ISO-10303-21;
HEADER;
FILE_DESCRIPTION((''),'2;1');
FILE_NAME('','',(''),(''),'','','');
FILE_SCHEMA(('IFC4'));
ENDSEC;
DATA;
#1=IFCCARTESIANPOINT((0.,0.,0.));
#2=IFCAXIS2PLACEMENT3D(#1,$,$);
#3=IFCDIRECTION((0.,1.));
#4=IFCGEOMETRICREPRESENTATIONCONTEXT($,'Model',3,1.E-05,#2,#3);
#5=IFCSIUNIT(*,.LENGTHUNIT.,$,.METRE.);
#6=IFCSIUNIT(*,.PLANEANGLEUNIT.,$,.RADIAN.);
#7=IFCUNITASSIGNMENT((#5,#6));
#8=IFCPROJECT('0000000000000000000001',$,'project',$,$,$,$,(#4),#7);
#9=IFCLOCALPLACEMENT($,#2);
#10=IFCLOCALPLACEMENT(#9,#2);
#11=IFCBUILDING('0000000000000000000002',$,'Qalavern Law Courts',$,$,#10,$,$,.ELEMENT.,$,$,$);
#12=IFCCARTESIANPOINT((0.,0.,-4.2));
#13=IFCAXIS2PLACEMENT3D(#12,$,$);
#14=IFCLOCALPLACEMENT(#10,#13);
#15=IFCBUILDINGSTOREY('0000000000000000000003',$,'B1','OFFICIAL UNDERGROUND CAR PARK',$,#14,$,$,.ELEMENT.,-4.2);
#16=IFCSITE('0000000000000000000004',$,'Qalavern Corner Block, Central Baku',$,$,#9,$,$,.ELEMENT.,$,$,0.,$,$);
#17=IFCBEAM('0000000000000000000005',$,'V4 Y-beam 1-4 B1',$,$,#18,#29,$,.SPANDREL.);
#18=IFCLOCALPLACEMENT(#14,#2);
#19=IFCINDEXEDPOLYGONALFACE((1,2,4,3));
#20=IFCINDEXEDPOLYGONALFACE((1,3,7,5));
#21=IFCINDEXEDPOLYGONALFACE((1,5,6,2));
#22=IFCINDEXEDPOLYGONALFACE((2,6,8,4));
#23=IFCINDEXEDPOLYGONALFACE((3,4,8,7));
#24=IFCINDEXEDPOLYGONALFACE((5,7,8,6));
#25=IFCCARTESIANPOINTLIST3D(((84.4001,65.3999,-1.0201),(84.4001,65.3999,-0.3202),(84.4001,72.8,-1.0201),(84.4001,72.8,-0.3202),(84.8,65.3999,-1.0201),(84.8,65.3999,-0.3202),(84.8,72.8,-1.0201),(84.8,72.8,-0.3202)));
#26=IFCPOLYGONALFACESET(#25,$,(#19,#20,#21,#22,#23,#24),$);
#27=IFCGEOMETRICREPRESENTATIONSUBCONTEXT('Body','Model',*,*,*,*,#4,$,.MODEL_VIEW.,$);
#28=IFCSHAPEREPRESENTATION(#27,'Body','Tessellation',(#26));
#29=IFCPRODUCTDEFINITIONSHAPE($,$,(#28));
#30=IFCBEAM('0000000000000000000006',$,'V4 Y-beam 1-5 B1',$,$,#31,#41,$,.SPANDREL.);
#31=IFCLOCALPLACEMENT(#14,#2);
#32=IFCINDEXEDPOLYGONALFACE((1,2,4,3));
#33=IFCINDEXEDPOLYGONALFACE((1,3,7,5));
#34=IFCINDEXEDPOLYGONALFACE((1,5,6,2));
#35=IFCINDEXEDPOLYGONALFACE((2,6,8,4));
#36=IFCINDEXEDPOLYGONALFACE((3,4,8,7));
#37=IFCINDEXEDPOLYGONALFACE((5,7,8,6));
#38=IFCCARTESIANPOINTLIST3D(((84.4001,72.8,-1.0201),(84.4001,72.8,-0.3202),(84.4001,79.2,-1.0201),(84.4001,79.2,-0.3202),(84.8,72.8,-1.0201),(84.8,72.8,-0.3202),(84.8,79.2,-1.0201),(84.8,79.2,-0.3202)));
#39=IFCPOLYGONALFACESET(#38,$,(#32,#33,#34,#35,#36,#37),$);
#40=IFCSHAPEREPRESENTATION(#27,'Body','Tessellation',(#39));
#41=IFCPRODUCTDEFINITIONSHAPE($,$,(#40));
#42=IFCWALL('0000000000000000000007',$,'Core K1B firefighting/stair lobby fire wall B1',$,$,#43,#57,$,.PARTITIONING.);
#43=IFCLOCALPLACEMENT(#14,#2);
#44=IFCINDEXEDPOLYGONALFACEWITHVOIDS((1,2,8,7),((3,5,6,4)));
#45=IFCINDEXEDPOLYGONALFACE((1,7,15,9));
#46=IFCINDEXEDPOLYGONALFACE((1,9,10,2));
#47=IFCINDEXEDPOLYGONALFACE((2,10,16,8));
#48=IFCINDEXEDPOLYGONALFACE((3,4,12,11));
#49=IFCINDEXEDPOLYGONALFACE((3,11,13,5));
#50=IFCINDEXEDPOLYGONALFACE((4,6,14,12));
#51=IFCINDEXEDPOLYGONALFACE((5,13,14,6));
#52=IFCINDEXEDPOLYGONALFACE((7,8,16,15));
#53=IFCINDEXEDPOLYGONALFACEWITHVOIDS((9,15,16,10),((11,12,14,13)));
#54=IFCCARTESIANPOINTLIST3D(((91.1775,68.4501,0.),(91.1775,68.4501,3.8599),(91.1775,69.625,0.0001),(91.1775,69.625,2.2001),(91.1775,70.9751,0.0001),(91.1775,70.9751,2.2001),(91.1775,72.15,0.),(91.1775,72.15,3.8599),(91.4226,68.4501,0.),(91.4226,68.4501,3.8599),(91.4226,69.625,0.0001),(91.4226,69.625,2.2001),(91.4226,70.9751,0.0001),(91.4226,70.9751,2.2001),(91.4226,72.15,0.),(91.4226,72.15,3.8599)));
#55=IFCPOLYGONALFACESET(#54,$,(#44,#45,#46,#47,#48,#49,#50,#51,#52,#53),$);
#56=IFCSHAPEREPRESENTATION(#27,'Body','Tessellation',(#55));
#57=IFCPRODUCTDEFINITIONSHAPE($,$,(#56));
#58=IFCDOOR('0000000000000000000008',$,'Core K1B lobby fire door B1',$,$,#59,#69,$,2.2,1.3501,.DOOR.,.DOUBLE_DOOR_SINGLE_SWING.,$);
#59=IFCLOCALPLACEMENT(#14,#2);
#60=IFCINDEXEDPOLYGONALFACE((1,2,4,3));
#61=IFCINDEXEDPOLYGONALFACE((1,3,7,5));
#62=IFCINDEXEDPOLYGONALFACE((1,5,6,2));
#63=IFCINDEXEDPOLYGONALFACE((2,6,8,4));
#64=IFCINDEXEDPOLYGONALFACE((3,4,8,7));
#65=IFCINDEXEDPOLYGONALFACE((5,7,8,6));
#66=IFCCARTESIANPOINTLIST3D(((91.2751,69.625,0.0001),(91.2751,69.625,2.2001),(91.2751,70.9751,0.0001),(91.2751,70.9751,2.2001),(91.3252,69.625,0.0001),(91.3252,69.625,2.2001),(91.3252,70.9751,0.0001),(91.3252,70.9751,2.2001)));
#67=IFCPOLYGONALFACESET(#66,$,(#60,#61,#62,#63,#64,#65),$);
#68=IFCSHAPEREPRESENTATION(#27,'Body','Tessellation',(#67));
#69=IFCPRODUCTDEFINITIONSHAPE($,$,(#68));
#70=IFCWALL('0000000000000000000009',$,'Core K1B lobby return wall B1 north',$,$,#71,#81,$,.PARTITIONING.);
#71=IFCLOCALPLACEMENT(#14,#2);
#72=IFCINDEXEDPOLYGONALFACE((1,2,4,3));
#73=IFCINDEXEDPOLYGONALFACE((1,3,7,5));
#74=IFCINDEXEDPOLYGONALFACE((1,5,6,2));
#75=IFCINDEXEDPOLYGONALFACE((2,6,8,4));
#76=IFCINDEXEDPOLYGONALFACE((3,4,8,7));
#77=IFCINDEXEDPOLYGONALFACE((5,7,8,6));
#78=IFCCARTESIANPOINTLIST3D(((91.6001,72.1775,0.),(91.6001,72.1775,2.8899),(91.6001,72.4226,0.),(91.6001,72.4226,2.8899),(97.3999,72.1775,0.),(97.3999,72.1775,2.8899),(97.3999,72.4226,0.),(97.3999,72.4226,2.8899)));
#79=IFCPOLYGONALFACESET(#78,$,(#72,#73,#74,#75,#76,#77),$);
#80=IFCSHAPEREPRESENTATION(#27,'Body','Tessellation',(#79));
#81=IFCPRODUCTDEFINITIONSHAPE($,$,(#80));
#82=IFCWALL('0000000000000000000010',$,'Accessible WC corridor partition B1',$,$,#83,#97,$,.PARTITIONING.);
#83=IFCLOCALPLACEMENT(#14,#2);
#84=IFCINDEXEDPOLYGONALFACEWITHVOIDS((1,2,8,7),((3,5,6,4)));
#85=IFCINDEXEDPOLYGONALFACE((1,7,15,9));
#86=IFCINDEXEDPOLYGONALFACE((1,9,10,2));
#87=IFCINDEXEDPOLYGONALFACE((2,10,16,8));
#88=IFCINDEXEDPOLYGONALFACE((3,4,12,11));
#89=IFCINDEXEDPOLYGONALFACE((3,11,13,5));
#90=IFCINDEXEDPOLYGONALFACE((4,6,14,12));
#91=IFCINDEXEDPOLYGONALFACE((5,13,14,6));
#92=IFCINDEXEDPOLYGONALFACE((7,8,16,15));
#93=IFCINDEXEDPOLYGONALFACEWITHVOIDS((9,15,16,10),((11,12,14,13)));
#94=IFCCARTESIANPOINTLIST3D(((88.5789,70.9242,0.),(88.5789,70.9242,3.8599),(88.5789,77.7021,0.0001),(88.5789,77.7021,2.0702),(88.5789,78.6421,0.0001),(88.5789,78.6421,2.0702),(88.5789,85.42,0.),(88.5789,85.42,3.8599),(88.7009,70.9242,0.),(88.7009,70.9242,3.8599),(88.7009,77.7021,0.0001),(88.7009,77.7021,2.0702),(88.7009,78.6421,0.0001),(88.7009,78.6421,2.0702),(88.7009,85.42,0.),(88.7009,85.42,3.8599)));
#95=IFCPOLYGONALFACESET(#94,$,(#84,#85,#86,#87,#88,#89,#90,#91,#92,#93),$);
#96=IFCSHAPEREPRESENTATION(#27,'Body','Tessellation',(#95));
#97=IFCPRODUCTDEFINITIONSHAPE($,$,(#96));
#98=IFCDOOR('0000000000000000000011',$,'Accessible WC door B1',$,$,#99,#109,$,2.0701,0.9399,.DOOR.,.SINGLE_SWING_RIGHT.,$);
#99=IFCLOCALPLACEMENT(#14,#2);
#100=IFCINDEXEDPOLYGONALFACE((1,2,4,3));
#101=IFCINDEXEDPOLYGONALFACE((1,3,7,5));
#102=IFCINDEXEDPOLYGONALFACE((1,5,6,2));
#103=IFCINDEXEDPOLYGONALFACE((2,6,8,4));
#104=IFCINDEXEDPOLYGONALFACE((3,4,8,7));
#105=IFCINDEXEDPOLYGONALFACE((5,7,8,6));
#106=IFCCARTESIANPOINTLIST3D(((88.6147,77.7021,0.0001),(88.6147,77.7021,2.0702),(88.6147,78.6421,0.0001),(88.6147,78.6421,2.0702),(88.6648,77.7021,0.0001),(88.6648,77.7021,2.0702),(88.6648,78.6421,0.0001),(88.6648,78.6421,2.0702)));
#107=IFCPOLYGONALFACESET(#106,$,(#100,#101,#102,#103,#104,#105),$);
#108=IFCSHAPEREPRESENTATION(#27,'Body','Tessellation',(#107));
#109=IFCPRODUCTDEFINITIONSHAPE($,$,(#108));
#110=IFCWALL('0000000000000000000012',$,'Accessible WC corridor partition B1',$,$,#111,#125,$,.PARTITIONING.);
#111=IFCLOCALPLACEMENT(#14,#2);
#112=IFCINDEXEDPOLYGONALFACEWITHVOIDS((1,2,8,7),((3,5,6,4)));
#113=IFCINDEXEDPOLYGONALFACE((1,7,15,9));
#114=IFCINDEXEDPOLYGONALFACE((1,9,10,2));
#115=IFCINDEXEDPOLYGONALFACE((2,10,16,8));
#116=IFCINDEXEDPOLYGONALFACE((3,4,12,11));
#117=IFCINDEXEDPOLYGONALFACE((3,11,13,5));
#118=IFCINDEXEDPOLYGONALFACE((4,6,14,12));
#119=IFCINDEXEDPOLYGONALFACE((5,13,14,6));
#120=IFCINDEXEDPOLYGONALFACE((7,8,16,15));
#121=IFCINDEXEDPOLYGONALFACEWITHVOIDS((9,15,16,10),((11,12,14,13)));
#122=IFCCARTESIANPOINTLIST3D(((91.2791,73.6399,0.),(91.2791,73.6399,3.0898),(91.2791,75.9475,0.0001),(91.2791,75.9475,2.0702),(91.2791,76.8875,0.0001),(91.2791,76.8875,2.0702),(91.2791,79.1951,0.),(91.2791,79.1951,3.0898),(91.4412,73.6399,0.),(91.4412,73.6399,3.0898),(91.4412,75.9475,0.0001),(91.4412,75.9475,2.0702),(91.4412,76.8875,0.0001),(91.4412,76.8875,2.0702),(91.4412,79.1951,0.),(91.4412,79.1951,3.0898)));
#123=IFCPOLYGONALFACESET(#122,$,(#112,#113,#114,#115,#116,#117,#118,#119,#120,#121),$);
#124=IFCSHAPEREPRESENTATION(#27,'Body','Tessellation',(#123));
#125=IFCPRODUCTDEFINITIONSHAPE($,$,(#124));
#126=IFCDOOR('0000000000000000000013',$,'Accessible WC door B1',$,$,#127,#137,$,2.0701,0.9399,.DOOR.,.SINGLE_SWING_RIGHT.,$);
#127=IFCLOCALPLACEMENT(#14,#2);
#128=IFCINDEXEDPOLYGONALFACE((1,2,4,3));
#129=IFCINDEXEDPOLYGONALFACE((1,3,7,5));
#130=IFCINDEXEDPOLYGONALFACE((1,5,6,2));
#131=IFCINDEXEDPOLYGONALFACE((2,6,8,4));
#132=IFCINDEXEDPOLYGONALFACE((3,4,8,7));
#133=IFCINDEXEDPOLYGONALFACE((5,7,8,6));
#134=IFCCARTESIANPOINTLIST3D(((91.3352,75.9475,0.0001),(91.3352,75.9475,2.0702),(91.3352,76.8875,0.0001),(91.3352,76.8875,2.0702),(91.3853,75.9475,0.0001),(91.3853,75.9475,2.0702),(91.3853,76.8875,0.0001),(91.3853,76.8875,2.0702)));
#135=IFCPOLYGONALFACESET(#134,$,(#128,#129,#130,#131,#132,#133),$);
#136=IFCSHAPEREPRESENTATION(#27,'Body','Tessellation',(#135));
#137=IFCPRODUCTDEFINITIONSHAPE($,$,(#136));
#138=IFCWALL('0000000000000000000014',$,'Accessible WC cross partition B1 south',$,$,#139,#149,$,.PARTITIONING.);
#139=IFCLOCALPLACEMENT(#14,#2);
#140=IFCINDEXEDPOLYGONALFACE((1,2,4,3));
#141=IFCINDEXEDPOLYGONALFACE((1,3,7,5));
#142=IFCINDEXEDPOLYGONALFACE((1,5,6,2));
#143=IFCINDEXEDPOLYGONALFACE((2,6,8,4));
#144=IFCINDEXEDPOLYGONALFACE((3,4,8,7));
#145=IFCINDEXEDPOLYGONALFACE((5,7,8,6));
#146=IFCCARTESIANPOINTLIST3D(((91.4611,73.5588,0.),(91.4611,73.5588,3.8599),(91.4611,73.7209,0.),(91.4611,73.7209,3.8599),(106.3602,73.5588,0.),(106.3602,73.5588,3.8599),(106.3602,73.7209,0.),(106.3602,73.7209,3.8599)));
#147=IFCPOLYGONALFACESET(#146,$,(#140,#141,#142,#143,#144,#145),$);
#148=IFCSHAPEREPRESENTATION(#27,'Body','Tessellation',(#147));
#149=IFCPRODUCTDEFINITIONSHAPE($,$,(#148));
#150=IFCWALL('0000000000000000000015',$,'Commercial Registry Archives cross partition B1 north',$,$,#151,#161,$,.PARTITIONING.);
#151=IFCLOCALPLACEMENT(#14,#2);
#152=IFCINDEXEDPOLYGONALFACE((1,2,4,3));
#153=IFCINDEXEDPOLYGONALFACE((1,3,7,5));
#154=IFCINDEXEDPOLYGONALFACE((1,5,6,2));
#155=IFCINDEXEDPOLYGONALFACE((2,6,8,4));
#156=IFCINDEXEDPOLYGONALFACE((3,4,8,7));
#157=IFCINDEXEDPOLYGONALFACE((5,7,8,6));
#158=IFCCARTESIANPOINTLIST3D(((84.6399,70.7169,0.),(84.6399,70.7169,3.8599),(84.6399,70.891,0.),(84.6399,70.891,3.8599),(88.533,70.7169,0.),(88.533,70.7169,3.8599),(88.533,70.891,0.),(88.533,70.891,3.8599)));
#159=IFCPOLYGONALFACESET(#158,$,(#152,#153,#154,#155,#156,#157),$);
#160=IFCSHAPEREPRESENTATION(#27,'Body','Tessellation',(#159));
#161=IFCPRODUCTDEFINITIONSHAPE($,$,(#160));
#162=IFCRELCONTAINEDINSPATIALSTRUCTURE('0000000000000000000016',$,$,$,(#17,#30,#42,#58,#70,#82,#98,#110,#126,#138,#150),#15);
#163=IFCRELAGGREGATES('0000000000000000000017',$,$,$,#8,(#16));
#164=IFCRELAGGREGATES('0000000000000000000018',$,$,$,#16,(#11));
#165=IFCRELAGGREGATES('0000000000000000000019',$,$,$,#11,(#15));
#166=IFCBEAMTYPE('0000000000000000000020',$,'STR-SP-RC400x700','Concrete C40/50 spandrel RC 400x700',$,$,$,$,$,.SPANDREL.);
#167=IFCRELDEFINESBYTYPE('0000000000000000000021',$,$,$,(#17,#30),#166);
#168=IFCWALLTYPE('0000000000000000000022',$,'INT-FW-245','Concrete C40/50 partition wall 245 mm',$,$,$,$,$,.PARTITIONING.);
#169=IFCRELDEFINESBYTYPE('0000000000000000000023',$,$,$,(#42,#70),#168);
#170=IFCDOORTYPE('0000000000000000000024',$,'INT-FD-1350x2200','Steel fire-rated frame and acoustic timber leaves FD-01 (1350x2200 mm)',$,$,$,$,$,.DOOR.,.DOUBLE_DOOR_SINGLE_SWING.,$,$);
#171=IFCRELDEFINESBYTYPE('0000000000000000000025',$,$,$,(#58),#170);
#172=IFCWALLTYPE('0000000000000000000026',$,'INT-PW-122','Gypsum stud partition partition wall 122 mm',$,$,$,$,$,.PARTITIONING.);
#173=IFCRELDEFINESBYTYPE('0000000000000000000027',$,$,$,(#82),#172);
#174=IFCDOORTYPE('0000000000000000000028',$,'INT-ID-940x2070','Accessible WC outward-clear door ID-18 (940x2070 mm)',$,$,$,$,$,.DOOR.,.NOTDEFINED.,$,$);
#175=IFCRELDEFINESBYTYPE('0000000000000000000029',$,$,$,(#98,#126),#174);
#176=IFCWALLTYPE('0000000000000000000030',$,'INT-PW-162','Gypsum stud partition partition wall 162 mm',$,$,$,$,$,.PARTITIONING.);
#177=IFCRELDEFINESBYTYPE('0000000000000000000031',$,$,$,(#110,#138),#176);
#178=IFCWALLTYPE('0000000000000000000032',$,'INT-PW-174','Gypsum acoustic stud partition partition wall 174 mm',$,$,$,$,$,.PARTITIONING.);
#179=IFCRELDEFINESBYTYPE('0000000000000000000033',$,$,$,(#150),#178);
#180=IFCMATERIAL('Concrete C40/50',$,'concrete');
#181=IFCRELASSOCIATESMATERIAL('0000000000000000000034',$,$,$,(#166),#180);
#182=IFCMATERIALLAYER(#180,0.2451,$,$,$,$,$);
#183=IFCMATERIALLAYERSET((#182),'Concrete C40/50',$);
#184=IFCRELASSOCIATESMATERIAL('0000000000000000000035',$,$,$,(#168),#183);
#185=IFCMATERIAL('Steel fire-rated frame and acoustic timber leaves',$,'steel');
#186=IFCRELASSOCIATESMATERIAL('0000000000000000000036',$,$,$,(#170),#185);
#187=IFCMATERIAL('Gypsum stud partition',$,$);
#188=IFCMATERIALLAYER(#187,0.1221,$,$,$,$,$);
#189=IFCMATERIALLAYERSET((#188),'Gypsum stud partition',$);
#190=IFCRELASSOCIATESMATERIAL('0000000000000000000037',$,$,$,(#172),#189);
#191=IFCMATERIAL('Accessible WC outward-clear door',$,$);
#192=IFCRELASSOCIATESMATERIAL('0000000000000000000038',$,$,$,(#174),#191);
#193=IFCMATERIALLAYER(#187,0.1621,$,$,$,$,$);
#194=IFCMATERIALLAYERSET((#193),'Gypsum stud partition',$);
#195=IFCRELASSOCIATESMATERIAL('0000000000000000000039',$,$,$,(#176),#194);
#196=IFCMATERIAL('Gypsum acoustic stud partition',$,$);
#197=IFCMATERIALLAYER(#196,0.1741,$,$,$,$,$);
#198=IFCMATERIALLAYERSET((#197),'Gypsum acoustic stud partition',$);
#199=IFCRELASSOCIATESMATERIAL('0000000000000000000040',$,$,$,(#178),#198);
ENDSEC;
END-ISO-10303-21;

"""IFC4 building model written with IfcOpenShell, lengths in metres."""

from ifc_helpers import new_model, si_unit, direction, frame, frame_2d, origin, origin_2d, place, context, subcontext, project, spatial, rectangle, extrude, material, layer, layer_set, material_profile, profile_set, type_object, element, fill, save


model = new_model("IFC4")

# Units and contexts
model_context = context("Model", 3, precision=1e-05, world=origin(), true_north=direction((0.0, 1.0)))
body_context = subcontext(model_context, "Body", "Model", "MODEL_VIEW")
ifc_project = project(units=[si_unit("LENGTHUNIT", "METRE"), si_unit("PLANEANGLEUNIT", "RADIAN")], contexts=[model_context])

# Site, building, storey
site_placement = place(None, origin())
site = spatial("IfcSite", under=ifc_project, at=site_placement, Name="Qalavern Corner Block, Central Baku", CompositionType="ELEMENT", RefElevation=0.0)
building_placement = place(site_placement, origin())
building = spatial("IfcBuilding", under=site, at=building_placement, Name="Qalavern Law Courts", CompositionType="ELEMENT")
storey_placement = place(building_placement, frame((0.0, 0.0, -4.2)))
storey = spatial("IfcBuildingStorey", under=building, at=storey_placement, Name="B1", Description="OFFICIAL UNDERGROUND CAR PARK", CompositionType="ELEMENT", Elevation=-4.2)

# Beams
ifc_material_1 = material(Name="Concrete C40/50", Category="concrete")
ifc_material_profile_1 = material_profile(ifc_material_1, rectangle(XDim=0.3999, YDim=0.7, at=origin_2d()), Name="RC 400x700")
ifc_profile_set_1 = profile_set([ifc_material_profile_1], Name="Concrete C40/50")
beam_type_1 = type_object("IfcBeamType", Name="STR-SP-RC400x700", Description="Concrete C40/50 spandrel RC 400x700", PredefinedType="SPANDREL", material=ifc_profile_set_1)
beam_1_placement = place(storey_placement, frame((84.6001, 65.3999, -0.6702), z_axis=(0.0, 1.0, 0.0), x_axis=(-1.0, 0.0, 0.0)))
element("IfcBeam", 1, at=beam_1_placement, inside=storey, type_object=beam_type_1, Name="V4 Y-beam 1-4 B1", PredefinedType="SPANDREL", context=body_context, shape_type="SweptSolid", body=[
    extrude(rectangle(XDim=0.3999, YDim=0.7, at=origin_2d()), origin(), (0.0, 0.0, 1.0), 7.4001),
])
beam_2_placement = place(storey_placement, frame((84.6001, 72.8, -0.6702), z_axis=(0.0, 1.0, 0.0), x_axis=(-1.0, 0.0, 0.0)))
element("IfcBeam", 2, at=beam_2_placement, inside=storey, type_object=beam_type_1, Name="V4 Y-beam 1-5 B1", PredefinedType="SPANDREL", context=body_context, shape_type="SweptSolid", body=[
    extrude(rectangle(XDim=0.3999, YDim=0.7, at=origin_2d()), origin(), (0.0, 0.0, 1.0), 6.3999),
])

# Wall, opening, door
ifc_layer_1 = layer(ifc_material_1, 0.2451)
ifc_layer_set_1 = layer_set([ifc_layer_1], Name="Concrete C40/50")
wall_type_1 = type_object("IfcWallType", Name="INT-FW-245", Description="Concrete C40/50 partition wall 245 mm", PredefinedType="PARTITIONING", material=ifc_layer_set_1)
wall_1_placement = place(storey_placement, frame((91.3, 68.45, 0.0), z_axis=(0.0, 0.0, 1.0), x_axis=(0.0, 1.0, 0.0)))
wall_1 = element("IfcWall", 3, at=wall_1_placement, inside=storey, type_object=wall_type_1, Name="Core K1B firefighting/stair lobby fire wall B1", PredefinedType="PARTITIONING", context=body_context, shape_type="SweptSolid", body=[
    extrude(rectangle(XDim=3.7, YDim=0.2451, at=frame_2d((1.8501, 0.0))), origin(), (0.0, 0.0, 1.0), 3.8599),
])
opening_1_placement = place(wall_1_placement, frame((1.175, 0.0, 0.0)))
opening_1 = element("IfcOpeningElement", 4, at=opening_1_placement, cuts=wall_1, PredefinedType="OPENING", context=body_context, shape_type="SweptSolid", body=[
    extrude(rectangle(XDim=1.3501, YDim=2.2, at=frame_2d((0.675, 1.1001))), frame((0.0, 0.1375, 0.0), z_axis=(0.0, -1.0, 0.0), x_axis=(1.0, 0.0, 0.0)), (0.0, 0.0, 1.0), 0.2749),
])
ifc_material_2 = material(Name="Steel fire-rated frame and acoustic timber leaves", Category="steel")
door_type_1 = type_object("IfcDoorType", Name="INT-FD-1350x2200", Description="Steel fire-rated frame and acoustic timber leaves FD-01 (1350x2200 mm)", OperationType="DOUBLE_DOOR_SINGLE_SWING", PredefinedType="DOOR", material=ifc_material_2)
door_1_placement = place(opening_1_placement, origin())
door_1 = element("IfcDoor", 5, at=door_1_placement, inside=storey, type_object=door_type_1, Name="Core K1B lobby fire door B1", OperationType="DOUBLE_DOOR_SINGLE_SWING", OverallHeight=2.2, OverallWidth=1.3501, PredefinedType="DOOR", context=body_context, shape_type="SweptSolid", body=[
    extrude(rectangle(XDim=1.3501, YDim=2.2, at=frame_2d((0.675, 1.1001))), frame((0.0, 0.0249, 0.0), z_axis=(0.0, -1.0, 0.0), x_axis=(1.0, 0.0, 0.0)), (0.0, 0.0, 1.0), 0.05),
])
fill(opening_1, door_1)

# Wall
wall_2_placement = place(storey_placement, frame((91.6001, 72.3, 0.0), z_axis=(0.0, 0.0, 1.0), x_axis=(1.0, 0.0, 0.0)))
element("IfcWall", 6, at=wall_2_placement, inside=storey, type_object=wall_type_1, Name="Core K1B lobby return wall B1 north", PredefinedType="PARTITIONING", context=body_context, shape_type="SweptSolid", body=[
    extrude(rectangle(XDim=5.7998, YDim=0.2451, at=frame_2d((2.8999, 0.0))), origin(), (0.0, 0.0, 1.0), 2.8899),
])

# Walls, openings, doors
ifc_material_3 = material(Name="Gypsum stud partition")
ifc_layer_2 = layer(ifc_material_3, 0.1221)
ifc_layer_set_2 = layer_set([ifc_layer_2], Name="Gypsum stud partition")
wall_type_2 = type_object("IfcWallType", Name="INT-PW-122", Description="Gypsum stud partition partition wall 122 mm", PredefinedType="PARTITIONING", material=ifc_layer_set_2)
wall_3_placement = place(storey_placement, frame((88.6399, 70.9241, 0.0), z_axis=(0.0, 0.0, 1.0), x_axis=(0.0, 1.0, 0.0)))
wall_3 = element("IfcWall", 7, at=wall_3_placement, inside=storey, type_object=wall_type_2, Name="Accessible WC corridor partition B1", PredefinedType="PARTITIONING", context=body_context, shape_type="SweptSolid", body=[
    extrude(rectangle(XDim=14.4958, YDim=0.1221, at=frame_2d((7.248, 0.0))), origin(), (0.0, 0.0, 1.0), 3.8599),
])
opening_2_placement = place(wall_3_placement, frame((6.7781, 0.0, 0.0)))
opening_2 = element("IfcOpeningElement", 8, at=opening_2_placement, cuts=wall_3, PredefinedType="OPENING", context=body_context, shape_type="SweptSolid", body=[
    extrude(rectangle(XDim=0.9399, YDim=2.0701, at=frame_2d((0.47, 1.0352))), frame((0.0, 0.0759, 0.0), z_axis=(0.0, -1.0, 0.0), x_axis=(1.0, 0.0, 0.0)), (0.0, 0.0, 1.0), 0.1519),
])
ifc_material_4 = material(Name="Accessible WC outward-clear door")
door_type_2 = type_object("IfcDoorType", Name="INT-ID-940x2070", Description="Accessible WC outward-clear door ID-18 (940x2070 mm)", OperationType="NOTDEFINED", PredefinedType="DOOR", material=ifc_material_4)
door_2_placement = place(opening_2_placement, frame((0.9399, 0.0, 0.0), z_axis=(0.0, 0.0, 1.0), x_axis=(-1.0, 0.0, 0.0)))
door_2 = element("IfcDoor", 9, at=door_2_placement, inside=storey, type_object=door_type_2, Name="Accessible WC door B1", OperationType="SINGLE_SWING_RIGHT", OverallHeight=2.0701, OverallWidth=0.9399, PredefinedType="DOOR", context=body_context, shape_type="SweptSolid", body=[
    extrude(rectangle(XDim=0.9399, YDim=2.0701, at=frame_2d((0.47, 1.0352))), frame((0.0, 0.0249, 0.0), z_axis=(0.0, -1.0, 0.0), x_axis=(1.0, 0.0, 0.0)), (0.0, 0.0, 1.0), 0.05),
])
fill(opening_2, door_2)
ifc_layer_3 = layer(ifc_material_3, 0.1621)
ifc_layer_set_3 = layer_set([ifc_layer_3], Name="Gypsum stud partition")
wall_type_3 = type_object("IfcWallType", Name="INT-PW-162", Description="Gypsum stud partition partition wall 162 mm", PredefinedType="PARTITIONING", material=ifc_layer_set_3)
wall_4_placement = place(storey_placement, frame((91.3601, 73.6399, 0.0), z_axis=(0.0, 0.0, 1.0), x_axis=(0.0, 1.0, 0.0)))
wall_4 = element("IfcWall", 10, at=wall_4_placement, inside=storey, type_object=wall_type_3, Name="Accessible WC corridor partition B1", PredefinedType="PARTITIONING", context=body_context, shape_type="SweptSolid", body=[
    extrude(rectangle(XDim=5.5552, YDim=0.1621, at=frame_2d((2.7776, 0.0))), origin(), (0.0, 0.0, 1.0), 3.0898),
])
opening_3_placement = place(wall_4_placement, frame((2.3076, 0.0, 0.0)))
opening_3 = element("IfcOpeningElement", 11, at=opening_3_placement, cuts=wall_4, PredefinedType="OPENING", context=body_context, shape_type="SweptSolid", body=[
    extrude(rectangle(XDim=0.9399, YDim=2.0701, at=frame_2d((0.47, 1.0352))), frame((0.0, 0.0959, 0.0), z_axis=(0.0, -1.0, 0.0), x_axis=(1.0, 0.0, 0.0)), (0.0, 0.0, 1.0), 0.1919),
])
door_3_placement = place(opening_3_placement, origin())
door_3 = element("IfcDoor", 12, at=door_3_placement, inside=storey, type_object=door_type_2, Name="Accessible WC door B1", OperationType="SINGLE_SWING_RIGHT", OverallHeight=2.0701, OverallWidth=0.9399, PredefinedType="DOOR", context=body_context, shape_type="SweptSolid", body=[
    extrude(rectangle(XDim=0.9399, YDim=2.0701, at=frame_2d((0.47, 1.0352))), frame((0.0, 0.0249, 0.0), z_axis=(0.0, -1.0, 0.0), x_axis=(1.0, 0.0, 0.0)), (0.0, 0.0, 1.0), 0.05),
])
fill(opening_3, door_3)

# Walls
wall_5_placement = place(storey_placement, frame((91.4609, 73.6399, 0.0), z_axis=(0.0, 0.0, 1.0), x_axis=(1.0, 0.0, 0.0)))
element("IfcWall", 13, at=wall_5_placement, inside=storey, type_object=wall_type_3, Name="Accessible WC cross partition B1 south", PredefinedType="PARTITIONING", context=body_context, shape_type="SweptSolid", body=[
    extrude(rectangle(XDim=14.8992, YDim=0.1621, at=frame_2d((7.4497, 0.0))), origin(), (0.0, 0.0, 1.0), 3.8599),
])
ifc_material_5 = material(Name="Gypsum acoustic stud partition")
ifc_layer_4 = layer(ifc_material_5, 0.1741)
ifc_layer_set_4 = layer_set([ifc_layer_4], Name="Gypsum acoustic stud partition")
wall_type_4 = type_object("IfcWallType", Name="INT-PW-174", Description="Gypsum acoustic stud partition partition wall 174 mm", PredefinedType="PARTITIONING", material=ifc_layer_set_4)
wall_6_placement = place(storey_placement, frame((84.6399, 70.804, 0.0), z_axis=(0.0, 0.0, 1.0), x_axis=(1.0, 0.0, 0.0)))
element("IfcWall", 14, at=wall_6_placement, inside=storey, type_object=wall_type_4, Name="Commercial Registry Archives cross partition B1 north", PredefinedType="PARTITIONING", context=body_context, shape_type="SweptSolid", body=[
    extrude(rectangle(XDim=3.8931, YDim=0.1741, at=frame_2d((1.9465, 0.0))), origin(), (0.0, 0.0, 1.0), 3.8599),
])

save(model, "model.ifc")
